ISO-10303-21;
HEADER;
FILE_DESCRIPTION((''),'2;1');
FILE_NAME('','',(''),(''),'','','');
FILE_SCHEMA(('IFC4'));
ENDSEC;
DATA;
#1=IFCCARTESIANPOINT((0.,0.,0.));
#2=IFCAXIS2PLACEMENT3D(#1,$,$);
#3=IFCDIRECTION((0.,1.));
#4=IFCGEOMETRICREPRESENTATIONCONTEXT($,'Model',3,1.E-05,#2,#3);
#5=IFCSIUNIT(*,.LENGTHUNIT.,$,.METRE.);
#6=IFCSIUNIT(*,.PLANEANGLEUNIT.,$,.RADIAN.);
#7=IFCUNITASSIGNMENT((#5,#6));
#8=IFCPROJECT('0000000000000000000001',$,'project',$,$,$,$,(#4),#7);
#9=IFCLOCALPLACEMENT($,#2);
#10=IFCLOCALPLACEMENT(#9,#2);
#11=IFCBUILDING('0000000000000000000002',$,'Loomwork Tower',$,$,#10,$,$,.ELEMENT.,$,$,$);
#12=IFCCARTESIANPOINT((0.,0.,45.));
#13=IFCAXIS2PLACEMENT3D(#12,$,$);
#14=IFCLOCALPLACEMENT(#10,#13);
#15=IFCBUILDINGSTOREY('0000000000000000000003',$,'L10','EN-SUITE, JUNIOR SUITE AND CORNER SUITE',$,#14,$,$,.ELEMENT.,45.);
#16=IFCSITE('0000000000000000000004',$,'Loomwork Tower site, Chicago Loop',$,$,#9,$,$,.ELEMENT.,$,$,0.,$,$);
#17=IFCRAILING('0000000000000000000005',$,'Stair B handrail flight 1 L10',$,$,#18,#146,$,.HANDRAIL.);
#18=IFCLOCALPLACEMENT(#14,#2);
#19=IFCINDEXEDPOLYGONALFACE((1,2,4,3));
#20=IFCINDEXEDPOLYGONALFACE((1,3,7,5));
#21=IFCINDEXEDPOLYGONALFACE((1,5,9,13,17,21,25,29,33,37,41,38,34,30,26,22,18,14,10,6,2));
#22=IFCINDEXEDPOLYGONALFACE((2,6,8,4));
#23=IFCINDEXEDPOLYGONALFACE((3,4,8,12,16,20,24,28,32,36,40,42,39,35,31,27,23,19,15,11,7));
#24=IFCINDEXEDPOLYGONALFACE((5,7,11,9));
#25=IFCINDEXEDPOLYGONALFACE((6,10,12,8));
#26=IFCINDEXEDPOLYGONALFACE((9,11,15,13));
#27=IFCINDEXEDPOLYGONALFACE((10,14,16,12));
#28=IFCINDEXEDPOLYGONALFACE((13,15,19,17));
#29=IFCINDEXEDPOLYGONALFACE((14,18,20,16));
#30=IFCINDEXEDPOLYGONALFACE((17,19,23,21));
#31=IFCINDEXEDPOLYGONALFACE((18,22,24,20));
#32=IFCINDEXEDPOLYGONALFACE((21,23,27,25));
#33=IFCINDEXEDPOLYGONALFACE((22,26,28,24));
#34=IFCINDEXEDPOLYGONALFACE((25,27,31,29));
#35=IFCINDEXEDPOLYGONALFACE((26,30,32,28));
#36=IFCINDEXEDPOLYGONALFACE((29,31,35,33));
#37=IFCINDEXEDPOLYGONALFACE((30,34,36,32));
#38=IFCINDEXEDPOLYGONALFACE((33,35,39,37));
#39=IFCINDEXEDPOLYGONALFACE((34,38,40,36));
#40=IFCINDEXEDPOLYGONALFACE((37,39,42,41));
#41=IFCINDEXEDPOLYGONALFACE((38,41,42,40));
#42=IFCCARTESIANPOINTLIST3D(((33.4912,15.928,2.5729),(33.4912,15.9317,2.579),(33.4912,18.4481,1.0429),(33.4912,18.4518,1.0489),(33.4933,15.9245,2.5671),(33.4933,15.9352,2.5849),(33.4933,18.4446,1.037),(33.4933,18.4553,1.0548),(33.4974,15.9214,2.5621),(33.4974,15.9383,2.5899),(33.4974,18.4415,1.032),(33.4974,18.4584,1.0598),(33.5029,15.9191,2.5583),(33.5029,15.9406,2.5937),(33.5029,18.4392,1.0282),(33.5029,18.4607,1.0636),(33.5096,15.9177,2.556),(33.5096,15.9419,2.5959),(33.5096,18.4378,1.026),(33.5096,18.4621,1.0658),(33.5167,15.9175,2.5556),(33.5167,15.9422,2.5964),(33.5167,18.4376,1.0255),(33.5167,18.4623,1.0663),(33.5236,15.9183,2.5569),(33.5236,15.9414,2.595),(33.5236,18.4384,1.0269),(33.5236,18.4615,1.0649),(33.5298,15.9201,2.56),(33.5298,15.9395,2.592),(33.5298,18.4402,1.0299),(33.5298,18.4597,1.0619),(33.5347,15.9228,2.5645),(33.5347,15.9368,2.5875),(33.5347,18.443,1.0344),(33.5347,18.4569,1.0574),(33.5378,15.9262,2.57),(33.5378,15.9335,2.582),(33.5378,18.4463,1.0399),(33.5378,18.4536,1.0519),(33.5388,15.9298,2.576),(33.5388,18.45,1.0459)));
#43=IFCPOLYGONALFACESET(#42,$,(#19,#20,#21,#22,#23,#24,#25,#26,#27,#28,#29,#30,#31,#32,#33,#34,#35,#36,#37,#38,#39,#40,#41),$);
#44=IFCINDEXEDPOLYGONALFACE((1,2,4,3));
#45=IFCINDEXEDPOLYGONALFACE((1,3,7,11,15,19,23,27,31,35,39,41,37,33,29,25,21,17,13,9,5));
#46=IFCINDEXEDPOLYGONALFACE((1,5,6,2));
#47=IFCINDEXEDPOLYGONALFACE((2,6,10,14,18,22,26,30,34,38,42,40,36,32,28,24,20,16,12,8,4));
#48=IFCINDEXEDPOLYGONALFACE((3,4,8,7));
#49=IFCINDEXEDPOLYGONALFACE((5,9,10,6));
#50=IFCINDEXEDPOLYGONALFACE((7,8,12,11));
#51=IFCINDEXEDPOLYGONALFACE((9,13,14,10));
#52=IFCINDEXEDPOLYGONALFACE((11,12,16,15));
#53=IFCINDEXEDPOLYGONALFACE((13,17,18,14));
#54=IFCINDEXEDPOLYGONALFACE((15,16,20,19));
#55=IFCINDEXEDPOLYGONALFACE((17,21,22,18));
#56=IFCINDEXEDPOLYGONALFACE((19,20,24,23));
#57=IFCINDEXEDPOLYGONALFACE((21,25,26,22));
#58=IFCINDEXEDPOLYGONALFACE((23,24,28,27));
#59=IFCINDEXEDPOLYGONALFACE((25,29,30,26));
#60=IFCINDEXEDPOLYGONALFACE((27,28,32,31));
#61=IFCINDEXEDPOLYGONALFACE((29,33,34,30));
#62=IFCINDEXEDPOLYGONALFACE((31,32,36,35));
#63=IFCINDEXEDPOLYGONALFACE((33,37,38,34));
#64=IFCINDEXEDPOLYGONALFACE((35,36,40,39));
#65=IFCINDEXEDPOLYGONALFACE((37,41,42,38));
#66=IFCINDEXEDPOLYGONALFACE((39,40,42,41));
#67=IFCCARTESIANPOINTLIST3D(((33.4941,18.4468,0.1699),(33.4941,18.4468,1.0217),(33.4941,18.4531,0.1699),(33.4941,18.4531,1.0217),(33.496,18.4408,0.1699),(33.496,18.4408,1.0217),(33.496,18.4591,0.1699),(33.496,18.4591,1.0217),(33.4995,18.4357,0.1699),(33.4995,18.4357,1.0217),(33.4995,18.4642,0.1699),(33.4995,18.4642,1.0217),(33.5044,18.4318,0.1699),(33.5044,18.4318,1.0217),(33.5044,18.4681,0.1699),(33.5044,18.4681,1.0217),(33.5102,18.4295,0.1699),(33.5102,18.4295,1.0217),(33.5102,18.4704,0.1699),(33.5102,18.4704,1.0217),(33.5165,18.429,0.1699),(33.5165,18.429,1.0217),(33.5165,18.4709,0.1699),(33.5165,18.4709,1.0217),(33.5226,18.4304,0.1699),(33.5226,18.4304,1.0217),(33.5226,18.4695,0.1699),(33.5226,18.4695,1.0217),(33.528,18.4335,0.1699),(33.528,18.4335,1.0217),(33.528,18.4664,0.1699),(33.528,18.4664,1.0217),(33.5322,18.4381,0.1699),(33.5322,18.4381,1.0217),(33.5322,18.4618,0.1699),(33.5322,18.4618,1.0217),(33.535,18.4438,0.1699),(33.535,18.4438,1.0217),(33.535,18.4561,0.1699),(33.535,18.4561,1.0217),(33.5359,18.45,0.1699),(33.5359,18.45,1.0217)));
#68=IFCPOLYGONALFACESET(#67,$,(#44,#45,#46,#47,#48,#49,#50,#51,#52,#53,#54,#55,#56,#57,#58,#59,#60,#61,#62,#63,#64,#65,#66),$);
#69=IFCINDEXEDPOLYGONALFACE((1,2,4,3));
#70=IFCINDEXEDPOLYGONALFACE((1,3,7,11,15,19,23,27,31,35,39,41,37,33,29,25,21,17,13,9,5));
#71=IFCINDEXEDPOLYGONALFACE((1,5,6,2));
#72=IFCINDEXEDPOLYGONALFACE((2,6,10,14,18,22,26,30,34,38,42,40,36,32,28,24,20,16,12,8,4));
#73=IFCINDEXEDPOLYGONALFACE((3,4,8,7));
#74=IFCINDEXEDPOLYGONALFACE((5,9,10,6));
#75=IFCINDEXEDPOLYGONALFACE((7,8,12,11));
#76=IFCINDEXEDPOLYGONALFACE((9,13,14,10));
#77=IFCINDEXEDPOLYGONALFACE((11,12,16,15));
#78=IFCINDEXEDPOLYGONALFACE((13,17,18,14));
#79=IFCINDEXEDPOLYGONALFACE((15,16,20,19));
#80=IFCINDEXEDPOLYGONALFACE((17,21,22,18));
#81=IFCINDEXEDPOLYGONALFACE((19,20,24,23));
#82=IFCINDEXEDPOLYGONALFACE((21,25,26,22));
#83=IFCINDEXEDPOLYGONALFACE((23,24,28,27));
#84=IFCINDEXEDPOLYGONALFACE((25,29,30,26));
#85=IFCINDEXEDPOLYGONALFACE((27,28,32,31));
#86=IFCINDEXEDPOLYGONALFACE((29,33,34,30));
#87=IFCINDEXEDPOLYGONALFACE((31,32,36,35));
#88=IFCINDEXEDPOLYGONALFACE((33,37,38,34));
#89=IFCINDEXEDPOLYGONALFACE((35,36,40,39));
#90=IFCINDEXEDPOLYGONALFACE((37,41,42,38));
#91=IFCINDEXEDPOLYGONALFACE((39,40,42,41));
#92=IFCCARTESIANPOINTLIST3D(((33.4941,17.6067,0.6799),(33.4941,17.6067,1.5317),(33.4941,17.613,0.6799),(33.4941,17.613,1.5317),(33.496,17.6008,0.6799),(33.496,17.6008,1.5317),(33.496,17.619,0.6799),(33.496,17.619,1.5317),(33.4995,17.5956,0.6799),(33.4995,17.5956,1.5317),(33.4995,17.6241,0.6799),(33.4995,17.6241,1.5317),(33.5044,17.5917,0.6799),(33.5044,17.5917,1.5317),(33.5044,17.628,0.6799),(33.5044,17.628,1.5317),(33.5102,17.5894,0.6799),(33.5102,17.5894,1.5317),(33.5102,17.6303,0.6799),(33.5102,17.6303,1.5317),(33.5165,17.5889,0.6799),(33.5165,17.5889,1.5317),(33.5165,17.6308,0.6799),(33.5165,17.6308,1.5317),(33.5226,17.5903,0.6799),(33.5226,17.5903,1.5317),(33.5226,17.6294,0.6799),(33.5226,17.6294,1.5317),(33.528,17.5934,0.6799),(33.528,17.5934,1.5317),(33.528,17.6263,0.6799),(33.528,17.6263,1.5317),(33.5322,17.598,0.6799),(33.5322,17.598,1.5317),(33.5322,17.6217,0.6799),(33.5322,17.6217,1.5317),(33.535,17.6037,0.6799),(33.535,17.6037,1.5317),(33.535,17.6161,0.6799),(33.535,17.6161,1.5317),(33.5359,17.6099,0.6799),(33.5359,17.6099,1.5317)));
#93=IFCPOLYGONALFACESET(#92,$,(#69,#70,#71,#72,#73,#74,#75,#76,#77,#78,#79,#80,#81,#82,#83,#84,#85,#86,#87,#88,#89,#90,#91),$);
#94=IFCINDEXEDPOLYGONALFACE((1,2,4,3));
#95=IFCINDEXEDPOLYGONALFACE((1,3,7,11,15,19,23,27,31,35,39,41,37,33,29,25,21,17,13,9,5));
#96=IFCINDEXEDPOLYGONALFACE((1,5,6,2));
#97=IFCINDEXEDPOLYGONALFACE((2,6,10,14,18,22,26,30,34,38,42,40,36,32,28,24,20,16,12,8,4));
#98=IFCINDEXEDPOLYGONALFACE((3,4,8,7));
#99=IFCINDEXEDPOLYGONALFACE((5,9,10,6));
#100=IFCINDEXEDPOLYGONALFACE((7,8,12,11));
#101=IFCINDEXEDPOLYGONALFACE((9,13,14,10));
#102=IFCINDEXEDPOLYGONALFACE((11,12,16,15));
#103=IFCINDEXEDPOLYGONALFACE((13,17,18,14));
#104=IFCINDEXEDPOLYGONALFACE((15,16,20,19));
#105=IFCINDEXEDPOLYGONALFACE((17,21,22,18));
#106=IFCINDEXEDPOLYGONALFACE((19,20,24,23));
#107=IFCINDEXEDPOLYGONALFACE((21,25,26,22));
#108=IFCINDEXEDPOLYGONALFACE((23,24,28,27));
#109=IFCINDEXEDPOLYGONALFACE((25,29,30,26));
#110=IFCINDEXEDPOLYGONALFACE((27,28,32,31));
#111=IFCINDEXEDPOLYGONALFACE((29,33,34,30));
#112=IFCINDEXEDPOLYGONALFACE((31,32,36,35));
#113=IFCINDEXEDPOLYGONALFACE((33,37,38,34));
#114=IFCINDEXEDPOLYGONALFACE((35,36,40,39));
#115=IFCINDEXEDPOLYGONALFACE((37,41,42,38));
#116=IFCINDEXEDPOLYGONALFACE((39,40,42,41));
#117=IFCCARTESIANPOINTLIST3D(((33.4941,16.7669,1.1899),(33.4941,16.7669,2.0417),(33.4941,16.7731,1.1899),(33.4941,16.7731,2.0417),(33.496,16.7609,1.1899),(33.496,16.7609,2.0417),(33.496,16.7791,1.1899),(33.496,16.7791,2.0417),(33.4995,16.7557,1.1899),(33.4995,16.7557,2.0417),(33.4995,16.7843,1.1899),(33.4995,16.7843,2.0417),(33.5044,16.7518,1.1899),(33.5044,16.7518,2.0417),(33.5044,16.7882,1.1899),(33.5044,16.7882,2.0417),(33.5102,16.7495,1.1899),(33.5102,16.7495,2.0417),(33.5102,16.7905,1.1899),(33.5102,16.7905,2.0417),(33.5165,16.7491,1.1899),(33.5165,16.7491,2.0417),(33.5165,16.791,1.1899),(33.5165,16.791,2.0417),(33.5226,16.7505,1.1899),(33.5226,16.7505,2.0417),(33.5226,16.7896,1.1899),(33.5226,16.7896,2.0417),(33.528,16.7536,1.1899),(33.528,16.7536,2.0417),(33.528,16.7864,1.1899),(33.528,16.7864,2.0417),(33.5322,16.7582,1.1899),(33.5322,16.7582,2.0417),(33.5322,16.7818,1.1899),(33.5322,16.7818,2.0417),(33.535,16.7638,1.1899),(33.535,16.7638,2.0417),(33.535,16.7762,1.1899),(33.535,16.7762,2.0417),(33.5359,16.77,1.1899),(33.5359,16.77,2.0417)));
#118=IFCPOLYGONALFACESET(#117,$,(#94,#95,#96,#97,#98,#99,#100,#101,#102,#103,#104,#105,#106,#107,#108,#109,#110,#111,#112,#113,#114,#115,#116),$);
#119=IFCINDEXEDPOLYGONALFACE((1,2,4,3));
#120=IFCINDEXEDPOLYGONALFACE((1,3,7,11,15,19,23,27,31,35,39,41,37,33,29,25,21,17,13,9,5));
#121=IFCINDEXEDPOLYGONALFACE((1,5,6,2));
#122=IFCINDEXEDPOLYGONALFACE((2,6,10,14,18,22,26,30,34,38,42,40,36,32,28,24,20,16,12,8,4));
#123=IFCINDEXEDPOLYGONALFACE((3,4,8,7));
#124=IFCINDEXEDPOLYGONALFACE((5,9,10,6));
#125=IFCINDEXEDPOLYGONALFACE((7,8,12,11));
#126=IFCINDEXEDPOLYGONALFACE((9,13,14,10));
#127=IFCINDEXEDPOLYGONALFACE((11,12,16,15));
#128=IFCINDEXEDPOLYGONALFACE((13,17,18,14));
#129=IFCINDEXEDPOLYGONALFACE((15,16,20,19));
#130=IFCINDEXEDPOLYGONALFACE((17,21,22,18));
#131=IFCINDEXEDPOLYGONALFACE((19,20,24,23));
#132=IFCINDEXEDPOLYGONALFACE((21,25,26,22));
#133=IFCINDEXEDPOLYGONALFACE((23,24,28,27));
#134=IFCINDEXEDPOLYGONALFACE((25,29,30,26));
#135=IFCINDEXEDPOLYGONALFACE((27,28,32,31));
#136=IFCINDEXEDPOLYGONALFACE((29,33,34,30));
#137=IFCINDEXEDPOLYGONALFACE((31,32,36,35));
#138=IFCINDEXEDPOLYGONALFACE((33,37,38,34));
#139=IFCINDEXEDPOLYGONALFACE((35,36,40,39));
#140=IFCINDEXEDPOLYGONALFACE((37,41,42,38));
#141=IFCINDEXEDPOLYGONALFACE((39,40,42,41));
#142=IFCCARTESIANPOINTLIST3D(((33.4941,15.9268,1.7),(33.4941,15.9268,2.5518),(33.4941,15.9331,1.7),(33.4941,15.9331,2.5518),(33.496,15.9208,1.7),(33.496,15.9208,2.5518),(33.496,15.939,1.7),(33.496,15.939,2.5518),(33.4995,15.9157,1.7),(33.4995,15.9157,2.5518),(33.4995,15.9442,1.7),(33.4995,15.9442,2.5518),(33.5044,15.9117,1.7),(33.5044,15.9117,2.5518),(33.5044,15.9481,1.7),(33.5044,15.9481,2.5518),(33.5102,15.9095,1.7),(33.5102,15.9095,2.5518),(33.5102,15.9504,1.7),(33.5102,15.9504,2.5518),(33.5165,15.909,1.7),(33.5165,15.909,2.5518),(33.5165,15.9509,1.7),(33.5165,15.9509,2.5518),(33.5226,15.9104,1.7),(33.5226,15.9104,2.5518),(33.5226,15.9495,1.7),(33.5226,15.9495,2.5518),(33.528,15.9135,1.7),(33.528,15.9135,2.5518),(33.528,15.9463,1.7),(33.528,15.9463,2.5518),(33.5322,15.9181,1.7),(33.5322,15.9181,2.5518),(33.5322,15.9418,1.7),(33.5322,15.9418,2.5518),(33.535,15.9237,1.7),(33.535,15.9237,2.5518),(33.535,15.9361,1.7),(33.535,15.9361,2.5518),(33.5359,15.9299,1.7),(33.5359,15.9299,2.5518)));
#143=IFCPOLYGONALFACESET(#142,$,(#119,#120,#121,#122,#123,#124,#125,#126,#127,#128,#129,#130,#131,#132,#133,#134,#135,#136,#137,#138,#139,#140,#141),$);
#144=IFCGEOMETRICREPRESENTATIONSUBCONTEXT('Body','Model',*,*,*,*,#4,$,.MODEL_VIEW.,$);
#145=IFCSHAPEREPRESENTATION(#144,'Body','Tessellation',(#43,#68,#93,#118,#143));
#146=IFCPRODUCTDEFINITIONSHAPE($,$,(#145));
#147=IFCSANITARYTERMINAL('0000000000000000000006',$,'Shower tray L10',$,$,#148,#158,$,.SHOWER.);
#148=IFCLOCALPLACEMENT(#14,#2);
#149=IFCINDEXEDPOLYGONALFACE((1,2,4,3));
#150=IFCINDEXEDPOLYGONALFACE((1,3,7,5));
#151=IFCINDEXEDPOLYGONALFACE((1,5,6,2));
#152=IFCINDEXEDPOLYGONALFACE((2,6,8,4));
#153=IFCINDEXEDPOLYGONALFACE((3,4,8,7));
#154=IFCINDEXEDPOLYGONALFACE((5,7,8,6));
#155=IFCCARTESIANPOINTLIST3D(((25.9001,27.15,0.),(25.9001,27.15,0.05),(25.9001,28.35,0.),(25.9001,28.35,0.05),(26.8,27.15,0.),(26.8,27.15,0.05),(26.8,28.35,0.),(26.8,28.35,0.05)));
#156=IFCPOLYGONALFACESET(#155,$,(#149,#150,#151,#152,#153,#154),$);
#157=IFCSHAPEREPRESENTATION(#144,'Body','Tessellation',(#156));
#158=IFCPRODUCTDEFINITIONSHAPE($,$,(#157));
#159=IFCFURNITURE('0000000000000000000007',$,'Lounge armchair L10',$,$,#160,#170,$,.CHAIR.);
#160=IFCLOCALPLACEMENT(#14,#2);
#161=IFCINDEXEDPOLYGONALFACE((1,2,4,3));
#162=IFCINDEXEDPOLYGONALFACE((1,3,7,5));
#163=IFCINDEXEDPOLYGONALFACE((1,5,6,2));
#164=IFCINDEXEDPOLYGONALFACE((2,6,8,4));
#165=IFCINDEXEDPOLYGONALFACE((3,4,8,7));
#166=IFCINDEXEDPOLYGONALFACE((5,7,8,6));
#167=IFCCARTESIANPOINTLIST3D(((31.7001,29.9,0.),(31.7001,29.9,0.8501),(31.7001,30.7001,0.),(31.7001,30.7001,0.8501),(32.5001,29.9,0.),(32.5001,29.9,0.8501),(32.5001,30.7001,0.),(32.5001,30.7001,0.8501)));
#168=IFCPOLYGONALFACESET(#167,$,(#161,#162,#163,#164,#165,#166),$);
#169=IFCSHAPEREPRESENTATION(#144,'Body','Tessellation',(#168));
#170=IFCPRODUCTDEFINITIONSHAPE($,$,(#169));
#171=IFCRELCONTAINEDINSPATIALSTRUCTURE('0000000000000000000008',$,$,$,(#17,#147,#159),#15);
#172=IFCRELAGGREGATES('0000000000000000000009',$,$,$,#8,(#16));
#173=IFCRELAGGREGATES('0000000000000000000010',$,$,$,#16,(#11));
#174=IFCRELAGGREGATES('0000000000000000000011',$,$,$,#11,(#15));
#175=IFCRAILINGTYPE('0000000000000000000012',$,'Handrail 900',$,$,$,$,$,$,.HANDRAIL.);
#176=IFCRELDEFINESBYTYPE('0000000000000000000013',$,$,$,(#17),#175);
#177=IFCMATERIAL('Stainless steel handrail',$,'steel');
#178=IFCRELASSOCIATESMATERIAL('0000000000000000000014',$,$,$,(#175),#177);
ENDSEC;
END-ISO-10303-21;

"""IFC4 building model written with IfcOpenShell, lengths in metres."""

from ifc_helpers import new_model, si_unit, direction, frame, origin, origin_2d, place, context, subcontext, project, spatial, rectangle, circle, extrude, material, type_object, element, save


model = new_model("IFC4")

# Units and contexts
model_context = context("Model", 3, precision=1e-05, world=origin(), true_north=direction((0.0, 1.0)))
body_context = subcontext(model_context, "Body", "Model", "MODEL_VIEW")
ifc_project = project(units=[si_unit("LENGTHUNIT", "METRE"), si_unit("PLANEANGLEUNIT", "RADIAN")], contexts=[model_context])

# Site, building, storey
site_placement = place(None, origin())
site = spatial("IfcSite", under=ifc_project, at=site_placement, Name="Loomwork Tower site, Chicago Loop", CompositionType="ELEMENT", RefElevation=0.0)
building_placement = place(site_placement, origin())
building = spatial("IfcBuilding", under=site, at=building_placement, Name="Loomwork Tower", CompositionType="ELEMENT")
storey_placement = place(building_placement, frame((0.0, 0.0, 45.0)))
storey = spatial("IfcBuildingStorey", under=building, at=storey_placement, Name="L10", Description="EN-SUITE, JUNIOR SUITE AND CORNER SUITE", CompositionType="ELEMENT", Elevation=45.0)

# Railing
ifc_material_1 = material(Name="Stainless steel handrail", Category="steel")
railing_type = type_object("IfcRailingType", Name="Handrail 900", PredefinedType="HANDRAIL", material=ifc_material_1)
railing_placement = place(storey_placement, frame((33.5149, 18.45, 0.1699)))
element("IfcRailing", 1, at=railing_placement, inside=storey, type_object=railing_type, Name="Stair B handrail flight 1 L10", PredefinedType="HANDRAIL", context=body_context, shape_type="SweptSolid", body=[
    extrude(circle(Radius=0.0239, at=origin_2d()), frame((0.0, 0.0, 0.876), z_axis=(0.0, -0.854785, 0.518982), x_axis=(1.0, 0.0, 0.0)), (0.0, 0.0, 1.0), 2.9482),
    extrude(circle(Radius=0.021, at=origin_2d()), origin(), (0.0, 0.0, 1.0), 0.8518),
    extrude(circle(Radius=0.021, at=origin_2d()), frame((0.0, -0.8401, 0.51)), (0.0, 0.0, 1.0), 0.8518),
    extrude(circle(Radius=0.021, at=origin_2d()), frame((0.0, -1.6799, 1.02)), (0.0, 0.0, 1.0), 0.8518),
    extrude(circle(Radius=0.021, at=origin_2d()), frame((0.0, -2.52, 1.53)), (0.0, 0.0, 1.0), 0.8518),
])

# Sanitary terminal
sanitary_terminal_placement = place(storey_placement, frame((26.3501, 27.75, 0.0), z_axis=(0.0, 0.0, 1.0), x_axis=(1.0, 0.0, 0.0)))
element("IfcSanitaryTerminal", 2, at=sanitary_terminal_placement, inside=storey, Name="Shower tray L10", PredefinedType="SHOWER", context=body_context, shape_type="SweptSolid", body=[
    extrude(rectangle(XDim=0.8999, YDim=1.2, at=origin_2d()), origin(), (0.0, 0.0, 1.0), 0.05),
])

# Furniture
furniture_placement = place(storey_placement, frame((32.1001, 30.3, 0.0), z_axis=(0.0, 0.0, 1.0), x_axis=(1.0, 0.0, 0.0)))
element("IfcFurniture", 3, at=furniture_placement, inside=storey, Name="Lounge armchair L10", PredefinedType="CHAIR", context=body_context, shape_type="SweptSolid", body=[
    extrude(rectangle(XDim=0.8, YDim=0.8, at=origin_2d()), origin(), (0.0, 0.0, 1.0), 0.8501),
])

save(model, "model.ifc")
